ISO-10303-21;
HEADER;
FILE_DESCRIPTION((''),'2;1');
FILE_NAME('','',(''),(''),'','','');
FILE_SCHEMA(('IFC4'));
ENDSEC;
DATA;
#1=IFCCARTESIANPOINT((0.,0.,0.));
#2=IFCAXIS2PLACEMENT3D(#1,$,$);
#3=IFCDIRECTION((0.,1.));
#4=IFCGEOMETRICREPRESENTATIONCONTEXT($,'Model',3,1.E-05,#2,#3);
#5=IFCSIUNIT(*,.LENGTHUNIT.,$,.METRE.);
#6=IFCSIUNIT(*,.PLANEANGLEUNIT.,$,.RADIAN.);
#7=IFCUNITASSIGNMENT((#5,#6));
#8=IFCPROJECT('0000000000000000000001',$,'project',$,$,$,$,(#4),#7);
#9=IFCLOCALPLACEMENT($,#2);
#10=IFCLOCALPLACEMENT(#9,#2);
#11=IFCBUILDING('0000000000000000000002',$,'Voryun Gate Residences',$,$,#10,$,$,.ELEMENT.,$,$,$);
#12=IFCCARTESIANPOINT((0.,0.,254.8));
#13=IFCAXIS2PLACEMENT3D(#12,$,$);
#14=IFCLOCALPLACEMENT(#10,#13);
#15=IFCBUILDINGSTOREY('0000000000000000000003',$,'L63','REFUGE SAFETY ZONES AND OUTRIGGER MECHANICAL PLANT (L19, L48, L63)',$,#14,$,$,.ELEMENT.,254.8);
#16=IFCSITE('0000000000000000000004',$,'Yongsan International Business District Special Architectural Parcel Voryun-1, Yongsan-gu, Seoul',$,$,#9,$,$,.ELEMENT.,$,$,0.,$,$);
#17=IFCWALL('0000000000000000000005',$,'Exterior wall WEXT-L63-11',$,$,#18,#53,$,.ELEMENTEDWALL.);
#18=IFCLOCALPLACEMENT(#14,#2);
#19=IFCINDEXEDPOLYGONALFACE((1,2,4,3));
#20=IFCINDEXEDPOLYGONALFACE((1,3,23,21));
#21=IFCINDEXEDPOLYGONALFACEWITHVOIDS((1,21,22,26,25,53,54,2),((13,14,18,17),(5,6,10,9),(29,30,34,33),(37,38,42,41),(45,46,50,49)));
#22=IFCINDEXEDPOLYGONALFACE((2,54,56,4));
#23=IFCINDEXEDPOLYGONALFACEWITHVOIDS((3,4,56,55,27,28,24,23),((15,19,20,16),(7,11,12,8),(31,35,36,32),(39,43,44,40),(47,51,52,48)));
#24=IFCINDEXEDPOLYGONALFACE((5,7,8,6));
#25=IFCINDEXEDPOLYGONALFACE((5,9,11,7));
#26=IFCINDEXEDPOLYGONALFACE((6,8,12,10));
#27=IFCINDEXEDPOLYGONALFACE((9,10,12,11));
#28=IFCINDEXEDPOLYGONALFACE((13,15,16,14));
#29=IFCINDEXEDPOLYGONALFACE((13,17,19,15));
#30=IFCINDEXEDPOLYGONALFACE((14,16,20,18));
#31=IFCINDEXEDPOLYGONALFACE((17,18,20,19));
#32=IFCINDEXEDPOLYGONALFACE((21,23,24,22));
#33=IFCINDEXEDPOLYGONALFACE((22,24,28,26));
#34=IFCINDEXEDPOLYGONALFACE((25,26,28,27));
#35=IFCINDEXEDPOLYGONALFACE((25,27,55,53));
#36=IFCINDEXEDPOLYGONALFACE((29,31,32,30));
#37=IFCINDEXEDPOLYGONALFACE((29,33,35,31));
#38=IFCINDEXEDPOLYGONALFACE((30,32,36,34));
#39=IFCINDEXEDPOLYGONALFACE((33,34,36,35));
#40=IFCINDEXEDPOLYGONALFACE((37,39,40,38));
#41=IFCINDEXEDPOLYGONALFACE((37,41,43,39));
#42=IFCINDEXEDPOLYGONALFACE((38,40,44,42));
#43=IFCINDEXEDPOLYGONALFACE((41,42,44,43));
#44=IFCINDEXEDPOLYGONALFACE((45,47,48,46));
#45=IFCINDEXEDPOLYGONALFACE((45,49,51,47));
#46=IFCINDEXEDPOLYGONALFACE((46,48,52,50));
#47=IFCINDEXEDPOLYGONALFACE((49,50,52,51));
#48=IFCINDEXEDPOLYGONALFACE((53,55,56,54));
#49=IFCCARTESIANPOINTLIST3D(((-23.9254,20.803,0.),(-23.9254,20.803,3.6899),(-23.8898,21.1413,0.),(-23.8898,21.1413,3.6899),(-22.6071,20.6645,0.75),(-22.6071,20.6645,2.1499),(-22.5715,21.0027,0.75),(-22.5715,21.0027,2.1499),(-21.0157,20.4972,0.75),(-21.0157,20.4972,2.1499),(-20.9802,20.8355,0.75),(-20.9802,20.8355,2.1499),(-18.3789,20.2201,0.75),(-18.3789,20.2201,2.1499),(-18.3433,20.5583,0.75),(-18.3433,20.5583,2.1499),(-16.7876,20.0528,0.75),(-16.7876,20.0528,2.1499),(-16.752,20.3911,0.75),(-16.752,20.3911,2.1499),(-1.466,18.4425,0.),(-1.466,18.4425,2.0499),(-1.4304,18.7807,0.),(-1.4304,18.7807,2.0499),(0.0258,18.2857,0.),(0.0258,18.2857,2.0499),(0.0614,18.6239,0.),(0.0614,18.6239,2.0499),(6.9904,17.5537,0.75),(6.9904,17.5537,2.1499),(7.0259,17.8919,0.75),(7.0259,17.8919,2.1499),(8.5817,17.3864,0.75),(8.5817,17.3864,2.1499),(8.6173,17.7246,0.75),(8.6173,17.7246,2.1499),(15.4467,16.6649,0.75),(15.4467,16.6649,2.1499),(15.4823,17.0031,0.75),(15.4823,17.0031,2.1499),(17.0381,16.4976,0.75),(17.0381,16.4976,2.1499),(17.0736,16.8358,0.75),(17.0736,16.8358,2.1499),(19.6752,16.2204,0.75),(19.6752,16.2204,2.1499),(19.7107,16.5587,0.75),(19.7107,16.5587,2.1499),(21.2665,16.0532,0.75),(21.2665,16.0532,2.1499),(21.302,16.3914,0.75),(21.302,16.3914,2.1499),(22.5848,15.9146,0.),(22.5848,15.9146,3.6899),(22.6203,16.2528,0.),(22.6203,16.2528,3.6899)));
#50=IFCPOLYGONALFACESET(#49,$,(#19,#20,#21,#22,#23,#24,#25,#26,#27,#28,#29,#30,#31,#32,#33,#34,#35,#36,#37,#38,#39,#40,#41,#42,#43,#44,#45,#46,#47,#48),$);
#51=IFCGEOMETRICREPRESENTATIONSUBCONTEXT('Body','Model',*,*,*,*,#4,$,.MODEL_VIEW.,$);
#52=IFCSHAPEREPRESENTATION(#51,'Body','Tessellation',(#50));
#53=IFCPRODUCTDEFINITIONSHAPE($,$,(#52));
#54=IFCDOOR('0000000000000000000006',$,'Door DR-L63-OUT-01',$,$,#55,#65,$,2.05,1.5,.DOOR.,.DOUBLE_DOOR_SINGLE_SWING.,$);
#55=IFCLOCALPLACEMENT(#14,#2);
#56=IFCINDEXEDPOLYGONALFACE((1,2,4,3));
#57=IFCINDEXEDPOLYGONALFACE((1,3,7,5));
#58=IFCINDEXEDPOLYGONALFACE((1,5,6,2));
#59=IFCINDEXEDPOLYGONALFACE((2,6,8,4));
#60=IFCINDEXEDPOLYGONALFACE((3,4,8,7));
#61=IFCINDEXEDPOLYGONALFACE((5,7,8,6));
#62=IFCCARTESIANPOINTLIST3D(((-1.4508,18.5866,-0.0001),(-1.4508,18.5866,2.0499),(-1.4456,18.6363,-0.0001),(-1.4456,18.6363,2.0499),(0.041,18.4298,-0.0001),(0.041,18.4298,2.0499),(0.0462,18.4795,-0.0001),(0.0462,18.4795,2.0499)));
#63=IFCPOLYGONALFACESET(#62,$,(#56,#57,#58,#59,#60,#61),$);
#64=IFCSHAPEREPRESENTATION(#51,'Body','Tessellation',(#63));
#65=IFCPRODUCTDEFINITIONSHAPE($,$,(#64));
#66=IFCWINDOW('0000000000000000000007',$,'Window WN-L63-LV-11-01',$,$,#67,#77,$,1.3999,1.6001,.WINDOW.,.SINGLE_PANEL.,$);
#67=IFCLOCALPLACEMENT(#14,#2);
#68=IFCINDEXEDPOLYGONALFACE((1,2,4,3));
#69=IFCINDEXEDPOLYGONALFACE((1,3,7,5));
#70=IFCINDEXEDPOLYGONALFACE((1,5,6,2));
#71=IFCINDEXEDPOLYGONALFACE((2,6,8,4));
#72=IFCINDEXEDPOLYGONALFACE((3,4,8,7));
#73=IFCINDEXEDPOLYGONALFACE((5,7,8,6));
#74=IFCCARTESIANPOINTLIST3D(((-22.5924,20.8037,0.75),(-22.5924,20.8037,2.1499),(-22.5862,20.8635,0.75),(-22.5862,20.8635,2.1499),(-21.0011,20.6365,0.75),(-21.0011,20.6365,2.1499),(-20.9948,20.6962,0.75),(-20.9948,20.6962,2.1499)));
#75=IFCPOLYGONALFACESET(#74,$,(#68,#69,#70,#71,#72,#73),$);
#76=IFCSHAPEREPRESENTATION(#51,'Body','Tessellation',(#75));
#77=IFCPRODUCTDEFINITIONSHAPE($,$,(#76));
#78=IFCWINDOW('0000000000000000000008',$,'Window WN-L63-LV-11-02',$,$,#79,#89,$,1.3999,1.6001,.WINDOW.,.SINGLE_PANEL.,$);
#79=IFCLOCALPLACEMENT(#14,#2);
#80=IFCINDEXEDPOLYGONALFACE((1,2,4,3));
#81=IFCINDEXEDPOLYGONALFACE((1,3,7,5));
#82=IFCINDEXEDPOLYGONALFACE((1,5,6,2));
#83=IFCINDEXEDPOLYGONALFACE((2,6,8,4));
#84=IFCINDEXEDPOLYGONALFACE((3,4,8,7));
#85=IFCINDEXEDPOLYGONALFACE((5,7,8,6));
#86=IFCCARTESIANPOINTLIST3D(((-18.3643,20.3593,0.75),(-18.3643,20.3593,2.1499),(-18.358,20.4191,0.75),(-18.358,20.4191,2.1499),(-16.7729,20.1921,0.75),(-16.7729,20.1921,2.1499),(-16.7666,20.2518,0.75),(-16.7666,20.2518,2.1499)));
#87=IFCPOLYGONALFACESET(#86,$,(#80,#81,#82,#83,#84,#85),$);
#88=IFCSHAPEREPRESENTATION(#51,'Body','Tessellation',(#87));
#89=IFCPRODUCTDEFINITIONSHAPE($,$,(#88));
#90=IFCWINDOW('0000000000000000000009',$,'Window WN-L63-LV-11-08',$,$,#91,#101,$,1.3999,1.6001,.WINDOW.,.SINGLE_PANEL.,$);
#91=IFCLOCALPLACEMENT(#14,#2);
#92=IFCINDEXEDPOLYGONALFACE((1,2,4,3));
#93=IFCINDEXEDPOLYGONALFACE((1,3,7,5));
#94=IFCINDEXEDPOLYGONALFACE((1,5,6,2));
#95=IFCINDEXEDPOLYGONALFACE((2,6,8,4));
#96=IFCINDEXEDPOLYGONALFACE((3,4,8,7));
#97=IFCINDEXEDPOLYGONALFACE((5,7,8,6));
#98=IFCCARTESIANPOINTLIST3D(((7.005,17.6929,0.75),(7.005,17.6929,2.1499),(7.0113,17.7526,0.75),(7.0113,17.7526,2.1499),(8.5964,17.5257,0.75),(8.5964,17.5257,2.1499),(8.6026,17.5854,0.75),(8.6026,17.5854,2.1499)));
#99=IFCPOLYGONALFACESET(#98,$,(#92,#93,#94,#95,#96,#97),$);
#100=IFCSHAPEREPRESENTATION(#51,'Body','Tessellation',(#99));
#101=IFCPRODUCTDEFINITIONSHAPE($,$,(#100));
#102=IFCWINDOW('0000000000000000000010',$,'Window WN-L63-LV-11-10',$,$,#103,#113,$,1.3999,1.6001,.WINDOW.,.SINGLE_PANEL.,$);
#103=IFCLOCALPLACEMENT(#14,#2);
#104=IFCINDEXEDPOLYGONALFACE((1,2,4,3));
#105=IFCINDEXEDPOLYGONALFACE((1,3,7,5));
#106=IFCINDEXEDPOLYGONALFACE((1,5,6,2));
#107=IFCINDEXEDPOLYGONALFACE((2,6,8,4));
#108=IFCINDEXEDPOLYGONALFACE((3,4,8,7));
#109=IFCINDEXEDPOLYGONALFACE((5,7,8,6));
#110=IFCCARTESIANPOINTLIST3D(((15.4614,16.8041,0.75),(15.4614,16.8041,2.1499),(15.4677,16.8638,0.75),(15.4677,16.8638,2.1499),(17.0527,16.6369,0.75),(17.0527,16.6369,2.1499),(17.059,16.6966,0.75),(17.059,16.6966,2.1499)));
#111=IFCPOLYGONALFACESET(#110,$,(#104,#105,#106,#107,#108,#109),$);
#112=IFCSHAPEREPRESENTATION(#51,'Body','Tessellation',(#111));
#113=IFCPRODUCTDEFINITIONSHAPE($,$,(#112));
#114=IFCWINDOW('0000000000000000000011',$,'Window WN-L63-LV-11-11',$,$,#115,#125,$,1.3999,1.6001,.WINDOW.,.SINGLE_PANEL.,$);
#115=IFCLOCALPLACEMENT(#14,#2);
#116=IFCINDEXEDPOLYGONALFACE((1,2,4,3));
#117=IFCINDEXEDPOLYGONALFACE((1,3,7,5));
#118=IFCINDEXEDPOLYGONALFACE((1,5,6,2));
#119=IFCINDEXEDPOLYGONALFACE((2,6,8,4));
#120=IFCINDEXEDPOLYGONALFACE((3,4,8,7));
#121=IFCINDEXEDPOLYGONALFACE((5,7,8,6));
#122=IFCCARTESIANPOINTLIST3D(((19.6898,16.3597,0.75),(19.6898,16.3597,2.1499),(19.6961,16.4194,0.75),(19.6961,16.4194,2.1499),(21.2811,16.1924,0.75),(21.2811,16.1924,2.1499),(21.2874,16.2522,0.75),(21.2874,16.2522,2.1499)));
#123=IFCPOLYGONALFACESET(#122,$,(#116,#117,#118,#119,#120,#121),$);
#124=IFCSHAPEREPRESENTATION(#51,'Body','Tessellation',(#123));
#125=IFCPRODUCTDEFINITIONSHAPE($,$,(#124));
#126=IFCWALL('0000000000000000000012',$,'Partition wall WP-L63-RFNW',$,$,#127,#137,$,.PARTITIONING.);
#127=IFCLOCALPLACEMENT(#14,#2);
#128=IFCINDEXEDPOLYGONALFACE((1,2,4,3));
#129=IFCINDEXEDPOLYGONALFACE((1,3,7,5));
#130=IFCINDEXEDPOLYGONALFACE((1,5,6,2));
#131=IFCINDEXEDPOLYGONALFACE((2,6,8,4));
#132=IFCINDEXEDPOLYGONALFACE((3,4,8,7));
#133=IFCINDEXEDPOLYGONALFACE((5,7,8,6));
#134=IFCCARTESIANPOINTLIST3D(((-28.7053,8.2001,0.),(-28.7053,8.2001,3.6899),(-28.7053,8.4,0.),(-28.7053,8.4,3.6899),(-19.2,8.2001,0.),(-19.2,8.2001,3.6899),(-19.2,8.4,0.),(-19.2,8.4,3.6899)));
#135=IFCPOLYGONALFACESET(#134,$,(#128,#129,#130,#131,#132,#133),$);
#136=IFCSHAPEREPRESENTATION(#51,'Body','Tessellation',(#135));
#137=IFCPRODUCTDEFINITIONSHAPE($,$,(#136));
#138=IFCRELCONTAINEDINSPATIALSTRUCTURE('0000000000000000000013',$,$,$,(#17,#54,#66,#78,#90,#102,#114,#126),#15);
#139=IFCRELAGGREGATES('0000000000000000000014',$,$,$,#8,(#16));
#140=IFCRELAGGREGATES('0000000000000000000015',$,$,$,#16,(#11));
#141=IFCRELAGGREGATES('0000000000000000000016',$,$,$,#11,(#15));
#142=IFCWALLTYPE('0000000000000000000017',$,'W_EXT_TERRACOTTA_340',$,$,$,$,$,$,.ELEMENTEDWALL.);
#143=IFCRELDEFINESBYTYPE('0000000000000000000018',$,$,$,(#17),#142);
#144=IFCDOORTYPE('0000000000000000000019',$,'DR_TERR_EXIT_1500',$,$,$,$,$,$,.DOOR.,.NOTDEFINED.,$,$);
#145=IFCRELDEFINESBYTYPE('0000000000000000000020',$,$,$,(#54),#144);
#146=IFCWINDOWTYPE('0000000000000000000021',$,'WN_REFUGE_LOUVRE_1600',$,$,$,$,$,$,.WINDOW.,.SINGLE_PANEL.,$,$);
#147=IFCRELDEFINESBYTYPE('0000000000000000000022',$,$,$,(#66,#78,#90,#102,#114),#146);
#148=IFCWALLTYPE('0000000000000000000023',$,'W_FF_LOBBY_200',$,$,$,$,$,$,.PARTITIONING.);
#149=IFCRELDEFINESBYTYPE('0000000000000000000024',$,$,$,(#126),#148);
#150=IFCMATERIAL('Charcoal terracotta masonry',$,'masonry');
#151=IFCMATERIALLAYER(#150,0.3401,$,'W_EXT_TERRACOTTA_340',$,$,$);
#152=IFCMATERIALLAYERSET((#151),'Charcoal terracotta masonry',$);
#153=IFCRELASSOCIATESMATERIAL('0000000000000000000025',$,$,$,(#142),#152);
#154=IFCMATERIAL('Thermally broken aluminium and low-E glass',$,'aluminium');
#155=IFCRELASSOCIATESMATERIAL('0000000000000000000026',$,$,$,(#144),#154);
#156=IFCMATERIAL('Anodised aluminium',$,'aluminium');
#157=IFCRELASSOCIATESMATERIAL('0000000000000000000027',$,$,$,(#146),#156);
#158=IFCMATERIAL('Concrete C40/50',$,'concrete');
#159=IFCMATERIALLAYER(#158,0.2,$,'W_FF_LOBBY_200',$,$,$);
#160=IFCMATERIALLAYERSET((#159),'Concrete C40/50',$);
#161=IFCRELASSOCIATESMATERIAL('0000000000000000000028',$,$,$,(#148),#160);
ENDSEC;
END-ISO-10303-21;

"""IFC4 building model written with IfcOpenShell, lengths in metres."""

from ifc_helpers import new_model, si_unit, direction, frame, frame_2d, origin, place, context, subcontext, project, spatial, rectangle, extrude, material, layer, layer_set, type_object, element, fill, save


model = new_model("IFC4")

# Units and contexts
model_context = context("Model", 3, precision=1e-05, world=origin(), true_north=direction((0.0, 1.0)))
body_context = subcontext(model_context, "Body", "Model", "MODEL_VIEW")
ifc_project = project(units=[si_unit("LENGTHUNIT", "METRE"), si_unit("PLANEANGLEUNIT", "RADIAN")], contexts=[model_context])

# Site, building, storey
site_placement = place(None, origin())
site = spatial("IfcSite", under=ifc_project, at=site_placement, Name="Yongsan International Business District Special Architectural Parcel Voryun-1, Yongsan-gu, Seoul", CompositionType="ELEMENT", RefElevation=0.0)
building_placement = place(site_placement, origin())
building = spatial("IfcBuilding", under=site, at=building_placement, Name="Voryun Gate Residences", CompositionType="ELEMENT")
storey_placement = place(building_placement, frame((0.0, 0.0, 254.8)))
storey = spatial("IfcBuildingStorey", under=building, at=storey_placement, Name="L63", Description="REFUGE SAFETY ZONES AND OUTRIGGER MECHANICAL PLANT (L19, L48, L63)", CompositionType="ELEMENT", Elevation=254.8)

# Shared definitions
ifc_material_1 = material(Name="Charcoal terracotta masonry", Category="masonry")
ifc_layer_1 = layer(ifc_material_1, 0.3401, Name="W_EXT_TERRACOTTA_340")
ifc_layer_set_1 = layer_set([ifc_layer_1], Name="Charcoal terracotta masonry")
wall_type_1 = type_object("IfcWallType", Name="W_EXT_TERRACOTTA_340", PredefinedType="ELEMENTEDWALL", material=ifc_layer_set_1)

# Wall, openings, door, windows
wall_1_placement = place(storey_placement, frame((-23.9077, 20.9722, 0.0), z_axis=(0.0, 0.0, 1.0), x_axis=(0.994522, -0.104529, 0.0)))
wall_1 = element("IfcWall", 1, at=wall_1_placement, inside=storey, type_object=wall_type_1, Name="Exterior wall WEXT-L63-11", PredefinedType="ELEMENTEDWALL", context=body_context, shape_type="SweptSolid", body=[
    extrude(rectangle(XDim=46.7664, YDim=0.3401, at=frame_2d((23.3833, 0.0))), origin(), (0.0, 0.0, 1.0), 3.6899),
])
opening_1_placement = place(wall_1_placement, frame((1.3257, 0.0, 0.75)))
opening_1 = element("IfcOpeningElement", 2, at=opening_1_placement, cuts=wall_1, PredefinedType="OPENING", context=body_context, shape_type="SweptSolid", body=[
    extrude(rectangle(XDim=1.6001, YDim=1.3999, at=frame_2d((0.8, 0.7))), frame((0.0, 0.1799, 0.0), z_axis=(0.0, -1.0, 0.0), x_axis=(1.0, 0.0, 0.0)), (0.0, 0.0, 1.0), 0.3601),
])
opening_2_placement = place(wall_1_placement, frame((5.5771, 0.0, 0.75)))
opening_2 = element("IfcOpeningElement", 3, at=opening_2_placement, cuts=wall_1, PredefinedType="OPENING", context=body_context, shape_type="SweptSolid", body=[
    extrude(rectangle(XDim=1.6001, YDim=1.3999, at=frame_2d((0.8, 0.7))), frame((0.0, 0.1799, 0.0), z_axis=(0.0, -1.0, 0.0), x_axis=(1.0, 0.0, 0.0)), (0.0, 0.0, 1.0), 0.3601),
])
opening_3_placement = place(wall_1_placement, frame((22.5833, 0.0, 0.0)))
opening_3 = element("IfcOpeningElement", 4, at=opening_3_placement, cuts=wall_1, PredefinedType="OPENING", context=body_context, shape_type="SweptSolid", body=[
    extrude(rectangle(XDim=1.5, YDim=2.05, at=frame_2d((0.75, 1.0249))), frame((0.0, 0.1799, 0.0), z_axis=(0.0, -1.0, 0.0), x_axis=(1.0, 0.0, 0.0)), (0.0, 0.0, 1.0), 0.3601),
])
opening_4_placement = place(wall_1_placement, frame((31.0862, 0.0, 0.75)))
opening_4 = element("IfcOpeningElement", 5, at=opening_4_placement, cuts=wall_1, PredefinedType="OPENING", context=body_context, shape_type="SweptSolid", body=[
    extrude(rectangle(XDim=1.6001, YDim=1.3999, at=frame_2d((0.8, 0.7))), frame((0.0, 0.1799, 0.0), z_axis=(0.0, -1.0, 0.0), x_axis=(1.0, 0.0, 0.0)), (0.0, 0.0, 1.0), 0.3601),
])
opening_5_placement = place(wall_1_placement, frame((39.5891, 0.0, 0.75)))
opening_5 = element("IfcOpeningElement", 6, at=opening_5_placement, cuts=wall_1, PredefinedType="OPENING", context=body_context, shape_type="SweptSolid", body=[
    extrude(rectangle(XDim=1.6001, YDim=1.3999, at=frame_2d((0.8, 0.7))), frame((0.0, 0.1799, 0.0), z_axis=(0.0, -1.0, 0.0), x_axis=(1.0, 0.0, 0.0)), (0.0, 0.0, 1.0), 0.3601),
])
opening_6_placement = place(wall_1_placement, frame((43.8408, 0.0, 0.75)))
opening_6 = element("IfcOpeningElement", 7, at=opening_6_placement, cuts=wall_1, PredefinedType="OPENING", context=body_context, shape_type="SweptSolid", body=[
    extrude(rectangle(XDim=1.6001, YDim=1.3999, at=frame_2d((0.8, 0.7))), frame((0.0, 0.1799, 0.0), z_axis=(0.0, -1.0, 0.0), x_axis=(1.0, 0.0, 0.0)), (0.0, 0.0, 1.0), 0.3601),
])
ifc_material_2 = material(Name="Thermally broken aluminium and low-E glass", Category="aluminium")
door_type = type_object("IfcDoorType", Name="DR_TERR_EXIT_1500", OperationType="NOTDEFINED", PredefinedType="DOOR", material=ifc_material_2)
door_placement = place(opening_3_placement, origin())
door = element("IfcDoor", 8, at=door_placement, inside=storey, type_object=door_type, Name="Door DR-L63-OUT-01", OperationType="DOUBLE_DOOR_SINGLE_SWING", OverallHeight=2.05, OverallWidth=1.5, PredefinedType="DOOR", context=body_context, shape_type="SweptSolid", body=[
    extrude(rectangle(XDim=1.5, YDim=2.05, at=frame_2d((0.75, 1.0249))), frame((0.0, 0.0249, 0.0), z_axis=(0.0, -1.0, 0.0), x_axis=(1.0, 0.0, 0.0)), (0.0, 0.0, 1.0), 0.05),
])
fill(opening_3, door)
ifc_material_3 = material(Name="Anodised aluminium", Category="aluminium")
window_type = type_object("IfcWindowType", Name="WN_REFUGE_LOUVRE_1600", PartitioningType="SINGLE_PANEL", PredefinedType="WINDOW", material=ifc_material_3)
window_1_placement = place(opening_1_placement, origin())
window_1 = element("IfcWindow", 9, at=window_1_placement, inside=storey, type_object=window_type, Name="Window WN-L63-LV-11-01", OverallHeight=1.3999, OverallWidth=1.6001, PartitioningType="SINGLE_PANEL", PredefinedType="WINDOW", context=body_context, shape_type="SweptSolid", body=[
    extrude(rectangle(XDim=1.6001, YDim=1.3999, at=frame_2d((0.8, 0.7))), frame((0.0, 0.03, 0.0), z_axis=(0.0, -1.0, 0.0), x_axis=(1.0, 0.0, 0.0)), (0.0, 0.0, 1.0), 0.0601),
])
fill(opening_1, window_1)
window_2_placement = place(opening_2_placement, origin())
window_2 = element("IfcWindow", 10, at=window_2_placement, inside=storey, type_object=window_type, Name="Window WN-L63-LV-11-02", OverallHeight=1.3999, OverallWidth=1.6001, PartitioningType="SINGLE_PANEL", PredefinedType="WINDOW", context=body_context, shape_type="SweptSolid", body=[
    extrude(rectangle(XDim=1.6001, YDim=1.3999, at=frame_2d((0.8, 0.7))), frame((0.0, 0.03, 0.0), z_axis=(0.0, -1.0, 0.0), x_axis=(1.0, 0.0, 0.0)), (0.0, 0.0, 1.0), 0.0601),
])
fill(opening_2, window_2)
window_3_placement = place(opening_4_placement, origin())
window_3 = element("IfcWindow", 11, at=window_3_placement, inside=storey, type_object=window_type, Name="Window WN-L63-LV-11-08", OverallHeight=1.3999, OverallWidth=1.6001, PartitioningType="SINGLE_PANEL", PredefinedType="WINDOW", context=body_context, shape_type="SweptSolid", body=[
    extrude(rectangle(XDim=1.6001, YDim=1.3999, at=frame_2d((0.8, 0.7))), frame((0.0, 0.03, 0.0), z_axis=(0.0, -1.0, 0.0), x_axis=(1.0, 0.0, 0.0)), (0.0, 0.0, 1.0), 0.0601),
])
fill(opening_4, window_3)
window_4_placement = place(opening_5_placement, origin())
window_4 = element("IfcWindow", 12, at=window_4_placement, inside=storey, type_object=window_type, Name="Window WN-L63-LV-11-10", OverallHeight=1.3999, OverallWidth=1.6001, PartitioningType="SINGLE_PANEL", PredefinedType="WINDOW", context=body_context, shape_type="SweptSolid", body=[
    extrude(rectangle(XDim=1.6001, YDim=1.3999, at=frame_2d((0.8, 0.7))), frame((0.0, 0.03, 0.0), z_axis=(0.0, -1.0, 0.0), x_axis=(1.0, 0.0, 0.0)), (0.0, 0.0, 1.0), 0.0601),
])
fill(opening_5, window_4)
window_5_placement = place(opening_6_placement, origin())
window_5 = element("IfcWindow", 13, at=window_5_placement, inside=storey, type_object=window_type, Name="Window WN-L63-LV-11-11", OverallHeight=1.3999, OverallWidth=1.6001, PartitioningType="SINGLE_PANEL", PredefinedType="WINDOW", context=body_context, shape_type="SweptSolid", body=[
    extrude(rectangle(XDim=1.6001, YDim=1.3999, at=frame_2d((0.8, 0.7))), frame((0.0, 0.03, 0.0), z_axis=(0.0, -1.0, 0.0), x_axis=(1.0, 0.0, 0.0)), (0.0, 0.0, 1.0), 0.0601),
])
fill(opening_6, window_5)

# Wall
ifc_material_4 = material(Name="Concrete C40/50", Category="concrete")
ifc_layer_2 = layer(ifc_material_4, 0.2, Name="W_FF_LOBBY_200")
ifc_layer_set_2 = layer_set([ifc_layer_2], Name="Concrete C40/50")
wall_type_2 = type_object("IfcWallType", Name="W_FF_LOBBY_200", PredefinedType="PARTITIONING", material=ifc_layer_set_2)
wall_2_placement = place(storey_placement, frame((-28.7053, 8.3, 0.0), z_axis=(0.0, 0.0, 1.0), x_axis=(1.0, 0.0, 0.0)))
element("IfcWall", 14, at=wall_2_placement, inside=storey, type_object=wall_type_2, Name="Partition wall WP-L63-RFNW", PredefinedType="PARTITIONING", context=body_context, shape_type="SweptSolid", body=[
    extrude(rectangle(XDim=9.5054, YDim=0.2, at=frame_2d((4.7527, 0.0))), origin(), (0.0, 0.0, 1.0), 3.6899),
])

save(model, "model.ifc")
